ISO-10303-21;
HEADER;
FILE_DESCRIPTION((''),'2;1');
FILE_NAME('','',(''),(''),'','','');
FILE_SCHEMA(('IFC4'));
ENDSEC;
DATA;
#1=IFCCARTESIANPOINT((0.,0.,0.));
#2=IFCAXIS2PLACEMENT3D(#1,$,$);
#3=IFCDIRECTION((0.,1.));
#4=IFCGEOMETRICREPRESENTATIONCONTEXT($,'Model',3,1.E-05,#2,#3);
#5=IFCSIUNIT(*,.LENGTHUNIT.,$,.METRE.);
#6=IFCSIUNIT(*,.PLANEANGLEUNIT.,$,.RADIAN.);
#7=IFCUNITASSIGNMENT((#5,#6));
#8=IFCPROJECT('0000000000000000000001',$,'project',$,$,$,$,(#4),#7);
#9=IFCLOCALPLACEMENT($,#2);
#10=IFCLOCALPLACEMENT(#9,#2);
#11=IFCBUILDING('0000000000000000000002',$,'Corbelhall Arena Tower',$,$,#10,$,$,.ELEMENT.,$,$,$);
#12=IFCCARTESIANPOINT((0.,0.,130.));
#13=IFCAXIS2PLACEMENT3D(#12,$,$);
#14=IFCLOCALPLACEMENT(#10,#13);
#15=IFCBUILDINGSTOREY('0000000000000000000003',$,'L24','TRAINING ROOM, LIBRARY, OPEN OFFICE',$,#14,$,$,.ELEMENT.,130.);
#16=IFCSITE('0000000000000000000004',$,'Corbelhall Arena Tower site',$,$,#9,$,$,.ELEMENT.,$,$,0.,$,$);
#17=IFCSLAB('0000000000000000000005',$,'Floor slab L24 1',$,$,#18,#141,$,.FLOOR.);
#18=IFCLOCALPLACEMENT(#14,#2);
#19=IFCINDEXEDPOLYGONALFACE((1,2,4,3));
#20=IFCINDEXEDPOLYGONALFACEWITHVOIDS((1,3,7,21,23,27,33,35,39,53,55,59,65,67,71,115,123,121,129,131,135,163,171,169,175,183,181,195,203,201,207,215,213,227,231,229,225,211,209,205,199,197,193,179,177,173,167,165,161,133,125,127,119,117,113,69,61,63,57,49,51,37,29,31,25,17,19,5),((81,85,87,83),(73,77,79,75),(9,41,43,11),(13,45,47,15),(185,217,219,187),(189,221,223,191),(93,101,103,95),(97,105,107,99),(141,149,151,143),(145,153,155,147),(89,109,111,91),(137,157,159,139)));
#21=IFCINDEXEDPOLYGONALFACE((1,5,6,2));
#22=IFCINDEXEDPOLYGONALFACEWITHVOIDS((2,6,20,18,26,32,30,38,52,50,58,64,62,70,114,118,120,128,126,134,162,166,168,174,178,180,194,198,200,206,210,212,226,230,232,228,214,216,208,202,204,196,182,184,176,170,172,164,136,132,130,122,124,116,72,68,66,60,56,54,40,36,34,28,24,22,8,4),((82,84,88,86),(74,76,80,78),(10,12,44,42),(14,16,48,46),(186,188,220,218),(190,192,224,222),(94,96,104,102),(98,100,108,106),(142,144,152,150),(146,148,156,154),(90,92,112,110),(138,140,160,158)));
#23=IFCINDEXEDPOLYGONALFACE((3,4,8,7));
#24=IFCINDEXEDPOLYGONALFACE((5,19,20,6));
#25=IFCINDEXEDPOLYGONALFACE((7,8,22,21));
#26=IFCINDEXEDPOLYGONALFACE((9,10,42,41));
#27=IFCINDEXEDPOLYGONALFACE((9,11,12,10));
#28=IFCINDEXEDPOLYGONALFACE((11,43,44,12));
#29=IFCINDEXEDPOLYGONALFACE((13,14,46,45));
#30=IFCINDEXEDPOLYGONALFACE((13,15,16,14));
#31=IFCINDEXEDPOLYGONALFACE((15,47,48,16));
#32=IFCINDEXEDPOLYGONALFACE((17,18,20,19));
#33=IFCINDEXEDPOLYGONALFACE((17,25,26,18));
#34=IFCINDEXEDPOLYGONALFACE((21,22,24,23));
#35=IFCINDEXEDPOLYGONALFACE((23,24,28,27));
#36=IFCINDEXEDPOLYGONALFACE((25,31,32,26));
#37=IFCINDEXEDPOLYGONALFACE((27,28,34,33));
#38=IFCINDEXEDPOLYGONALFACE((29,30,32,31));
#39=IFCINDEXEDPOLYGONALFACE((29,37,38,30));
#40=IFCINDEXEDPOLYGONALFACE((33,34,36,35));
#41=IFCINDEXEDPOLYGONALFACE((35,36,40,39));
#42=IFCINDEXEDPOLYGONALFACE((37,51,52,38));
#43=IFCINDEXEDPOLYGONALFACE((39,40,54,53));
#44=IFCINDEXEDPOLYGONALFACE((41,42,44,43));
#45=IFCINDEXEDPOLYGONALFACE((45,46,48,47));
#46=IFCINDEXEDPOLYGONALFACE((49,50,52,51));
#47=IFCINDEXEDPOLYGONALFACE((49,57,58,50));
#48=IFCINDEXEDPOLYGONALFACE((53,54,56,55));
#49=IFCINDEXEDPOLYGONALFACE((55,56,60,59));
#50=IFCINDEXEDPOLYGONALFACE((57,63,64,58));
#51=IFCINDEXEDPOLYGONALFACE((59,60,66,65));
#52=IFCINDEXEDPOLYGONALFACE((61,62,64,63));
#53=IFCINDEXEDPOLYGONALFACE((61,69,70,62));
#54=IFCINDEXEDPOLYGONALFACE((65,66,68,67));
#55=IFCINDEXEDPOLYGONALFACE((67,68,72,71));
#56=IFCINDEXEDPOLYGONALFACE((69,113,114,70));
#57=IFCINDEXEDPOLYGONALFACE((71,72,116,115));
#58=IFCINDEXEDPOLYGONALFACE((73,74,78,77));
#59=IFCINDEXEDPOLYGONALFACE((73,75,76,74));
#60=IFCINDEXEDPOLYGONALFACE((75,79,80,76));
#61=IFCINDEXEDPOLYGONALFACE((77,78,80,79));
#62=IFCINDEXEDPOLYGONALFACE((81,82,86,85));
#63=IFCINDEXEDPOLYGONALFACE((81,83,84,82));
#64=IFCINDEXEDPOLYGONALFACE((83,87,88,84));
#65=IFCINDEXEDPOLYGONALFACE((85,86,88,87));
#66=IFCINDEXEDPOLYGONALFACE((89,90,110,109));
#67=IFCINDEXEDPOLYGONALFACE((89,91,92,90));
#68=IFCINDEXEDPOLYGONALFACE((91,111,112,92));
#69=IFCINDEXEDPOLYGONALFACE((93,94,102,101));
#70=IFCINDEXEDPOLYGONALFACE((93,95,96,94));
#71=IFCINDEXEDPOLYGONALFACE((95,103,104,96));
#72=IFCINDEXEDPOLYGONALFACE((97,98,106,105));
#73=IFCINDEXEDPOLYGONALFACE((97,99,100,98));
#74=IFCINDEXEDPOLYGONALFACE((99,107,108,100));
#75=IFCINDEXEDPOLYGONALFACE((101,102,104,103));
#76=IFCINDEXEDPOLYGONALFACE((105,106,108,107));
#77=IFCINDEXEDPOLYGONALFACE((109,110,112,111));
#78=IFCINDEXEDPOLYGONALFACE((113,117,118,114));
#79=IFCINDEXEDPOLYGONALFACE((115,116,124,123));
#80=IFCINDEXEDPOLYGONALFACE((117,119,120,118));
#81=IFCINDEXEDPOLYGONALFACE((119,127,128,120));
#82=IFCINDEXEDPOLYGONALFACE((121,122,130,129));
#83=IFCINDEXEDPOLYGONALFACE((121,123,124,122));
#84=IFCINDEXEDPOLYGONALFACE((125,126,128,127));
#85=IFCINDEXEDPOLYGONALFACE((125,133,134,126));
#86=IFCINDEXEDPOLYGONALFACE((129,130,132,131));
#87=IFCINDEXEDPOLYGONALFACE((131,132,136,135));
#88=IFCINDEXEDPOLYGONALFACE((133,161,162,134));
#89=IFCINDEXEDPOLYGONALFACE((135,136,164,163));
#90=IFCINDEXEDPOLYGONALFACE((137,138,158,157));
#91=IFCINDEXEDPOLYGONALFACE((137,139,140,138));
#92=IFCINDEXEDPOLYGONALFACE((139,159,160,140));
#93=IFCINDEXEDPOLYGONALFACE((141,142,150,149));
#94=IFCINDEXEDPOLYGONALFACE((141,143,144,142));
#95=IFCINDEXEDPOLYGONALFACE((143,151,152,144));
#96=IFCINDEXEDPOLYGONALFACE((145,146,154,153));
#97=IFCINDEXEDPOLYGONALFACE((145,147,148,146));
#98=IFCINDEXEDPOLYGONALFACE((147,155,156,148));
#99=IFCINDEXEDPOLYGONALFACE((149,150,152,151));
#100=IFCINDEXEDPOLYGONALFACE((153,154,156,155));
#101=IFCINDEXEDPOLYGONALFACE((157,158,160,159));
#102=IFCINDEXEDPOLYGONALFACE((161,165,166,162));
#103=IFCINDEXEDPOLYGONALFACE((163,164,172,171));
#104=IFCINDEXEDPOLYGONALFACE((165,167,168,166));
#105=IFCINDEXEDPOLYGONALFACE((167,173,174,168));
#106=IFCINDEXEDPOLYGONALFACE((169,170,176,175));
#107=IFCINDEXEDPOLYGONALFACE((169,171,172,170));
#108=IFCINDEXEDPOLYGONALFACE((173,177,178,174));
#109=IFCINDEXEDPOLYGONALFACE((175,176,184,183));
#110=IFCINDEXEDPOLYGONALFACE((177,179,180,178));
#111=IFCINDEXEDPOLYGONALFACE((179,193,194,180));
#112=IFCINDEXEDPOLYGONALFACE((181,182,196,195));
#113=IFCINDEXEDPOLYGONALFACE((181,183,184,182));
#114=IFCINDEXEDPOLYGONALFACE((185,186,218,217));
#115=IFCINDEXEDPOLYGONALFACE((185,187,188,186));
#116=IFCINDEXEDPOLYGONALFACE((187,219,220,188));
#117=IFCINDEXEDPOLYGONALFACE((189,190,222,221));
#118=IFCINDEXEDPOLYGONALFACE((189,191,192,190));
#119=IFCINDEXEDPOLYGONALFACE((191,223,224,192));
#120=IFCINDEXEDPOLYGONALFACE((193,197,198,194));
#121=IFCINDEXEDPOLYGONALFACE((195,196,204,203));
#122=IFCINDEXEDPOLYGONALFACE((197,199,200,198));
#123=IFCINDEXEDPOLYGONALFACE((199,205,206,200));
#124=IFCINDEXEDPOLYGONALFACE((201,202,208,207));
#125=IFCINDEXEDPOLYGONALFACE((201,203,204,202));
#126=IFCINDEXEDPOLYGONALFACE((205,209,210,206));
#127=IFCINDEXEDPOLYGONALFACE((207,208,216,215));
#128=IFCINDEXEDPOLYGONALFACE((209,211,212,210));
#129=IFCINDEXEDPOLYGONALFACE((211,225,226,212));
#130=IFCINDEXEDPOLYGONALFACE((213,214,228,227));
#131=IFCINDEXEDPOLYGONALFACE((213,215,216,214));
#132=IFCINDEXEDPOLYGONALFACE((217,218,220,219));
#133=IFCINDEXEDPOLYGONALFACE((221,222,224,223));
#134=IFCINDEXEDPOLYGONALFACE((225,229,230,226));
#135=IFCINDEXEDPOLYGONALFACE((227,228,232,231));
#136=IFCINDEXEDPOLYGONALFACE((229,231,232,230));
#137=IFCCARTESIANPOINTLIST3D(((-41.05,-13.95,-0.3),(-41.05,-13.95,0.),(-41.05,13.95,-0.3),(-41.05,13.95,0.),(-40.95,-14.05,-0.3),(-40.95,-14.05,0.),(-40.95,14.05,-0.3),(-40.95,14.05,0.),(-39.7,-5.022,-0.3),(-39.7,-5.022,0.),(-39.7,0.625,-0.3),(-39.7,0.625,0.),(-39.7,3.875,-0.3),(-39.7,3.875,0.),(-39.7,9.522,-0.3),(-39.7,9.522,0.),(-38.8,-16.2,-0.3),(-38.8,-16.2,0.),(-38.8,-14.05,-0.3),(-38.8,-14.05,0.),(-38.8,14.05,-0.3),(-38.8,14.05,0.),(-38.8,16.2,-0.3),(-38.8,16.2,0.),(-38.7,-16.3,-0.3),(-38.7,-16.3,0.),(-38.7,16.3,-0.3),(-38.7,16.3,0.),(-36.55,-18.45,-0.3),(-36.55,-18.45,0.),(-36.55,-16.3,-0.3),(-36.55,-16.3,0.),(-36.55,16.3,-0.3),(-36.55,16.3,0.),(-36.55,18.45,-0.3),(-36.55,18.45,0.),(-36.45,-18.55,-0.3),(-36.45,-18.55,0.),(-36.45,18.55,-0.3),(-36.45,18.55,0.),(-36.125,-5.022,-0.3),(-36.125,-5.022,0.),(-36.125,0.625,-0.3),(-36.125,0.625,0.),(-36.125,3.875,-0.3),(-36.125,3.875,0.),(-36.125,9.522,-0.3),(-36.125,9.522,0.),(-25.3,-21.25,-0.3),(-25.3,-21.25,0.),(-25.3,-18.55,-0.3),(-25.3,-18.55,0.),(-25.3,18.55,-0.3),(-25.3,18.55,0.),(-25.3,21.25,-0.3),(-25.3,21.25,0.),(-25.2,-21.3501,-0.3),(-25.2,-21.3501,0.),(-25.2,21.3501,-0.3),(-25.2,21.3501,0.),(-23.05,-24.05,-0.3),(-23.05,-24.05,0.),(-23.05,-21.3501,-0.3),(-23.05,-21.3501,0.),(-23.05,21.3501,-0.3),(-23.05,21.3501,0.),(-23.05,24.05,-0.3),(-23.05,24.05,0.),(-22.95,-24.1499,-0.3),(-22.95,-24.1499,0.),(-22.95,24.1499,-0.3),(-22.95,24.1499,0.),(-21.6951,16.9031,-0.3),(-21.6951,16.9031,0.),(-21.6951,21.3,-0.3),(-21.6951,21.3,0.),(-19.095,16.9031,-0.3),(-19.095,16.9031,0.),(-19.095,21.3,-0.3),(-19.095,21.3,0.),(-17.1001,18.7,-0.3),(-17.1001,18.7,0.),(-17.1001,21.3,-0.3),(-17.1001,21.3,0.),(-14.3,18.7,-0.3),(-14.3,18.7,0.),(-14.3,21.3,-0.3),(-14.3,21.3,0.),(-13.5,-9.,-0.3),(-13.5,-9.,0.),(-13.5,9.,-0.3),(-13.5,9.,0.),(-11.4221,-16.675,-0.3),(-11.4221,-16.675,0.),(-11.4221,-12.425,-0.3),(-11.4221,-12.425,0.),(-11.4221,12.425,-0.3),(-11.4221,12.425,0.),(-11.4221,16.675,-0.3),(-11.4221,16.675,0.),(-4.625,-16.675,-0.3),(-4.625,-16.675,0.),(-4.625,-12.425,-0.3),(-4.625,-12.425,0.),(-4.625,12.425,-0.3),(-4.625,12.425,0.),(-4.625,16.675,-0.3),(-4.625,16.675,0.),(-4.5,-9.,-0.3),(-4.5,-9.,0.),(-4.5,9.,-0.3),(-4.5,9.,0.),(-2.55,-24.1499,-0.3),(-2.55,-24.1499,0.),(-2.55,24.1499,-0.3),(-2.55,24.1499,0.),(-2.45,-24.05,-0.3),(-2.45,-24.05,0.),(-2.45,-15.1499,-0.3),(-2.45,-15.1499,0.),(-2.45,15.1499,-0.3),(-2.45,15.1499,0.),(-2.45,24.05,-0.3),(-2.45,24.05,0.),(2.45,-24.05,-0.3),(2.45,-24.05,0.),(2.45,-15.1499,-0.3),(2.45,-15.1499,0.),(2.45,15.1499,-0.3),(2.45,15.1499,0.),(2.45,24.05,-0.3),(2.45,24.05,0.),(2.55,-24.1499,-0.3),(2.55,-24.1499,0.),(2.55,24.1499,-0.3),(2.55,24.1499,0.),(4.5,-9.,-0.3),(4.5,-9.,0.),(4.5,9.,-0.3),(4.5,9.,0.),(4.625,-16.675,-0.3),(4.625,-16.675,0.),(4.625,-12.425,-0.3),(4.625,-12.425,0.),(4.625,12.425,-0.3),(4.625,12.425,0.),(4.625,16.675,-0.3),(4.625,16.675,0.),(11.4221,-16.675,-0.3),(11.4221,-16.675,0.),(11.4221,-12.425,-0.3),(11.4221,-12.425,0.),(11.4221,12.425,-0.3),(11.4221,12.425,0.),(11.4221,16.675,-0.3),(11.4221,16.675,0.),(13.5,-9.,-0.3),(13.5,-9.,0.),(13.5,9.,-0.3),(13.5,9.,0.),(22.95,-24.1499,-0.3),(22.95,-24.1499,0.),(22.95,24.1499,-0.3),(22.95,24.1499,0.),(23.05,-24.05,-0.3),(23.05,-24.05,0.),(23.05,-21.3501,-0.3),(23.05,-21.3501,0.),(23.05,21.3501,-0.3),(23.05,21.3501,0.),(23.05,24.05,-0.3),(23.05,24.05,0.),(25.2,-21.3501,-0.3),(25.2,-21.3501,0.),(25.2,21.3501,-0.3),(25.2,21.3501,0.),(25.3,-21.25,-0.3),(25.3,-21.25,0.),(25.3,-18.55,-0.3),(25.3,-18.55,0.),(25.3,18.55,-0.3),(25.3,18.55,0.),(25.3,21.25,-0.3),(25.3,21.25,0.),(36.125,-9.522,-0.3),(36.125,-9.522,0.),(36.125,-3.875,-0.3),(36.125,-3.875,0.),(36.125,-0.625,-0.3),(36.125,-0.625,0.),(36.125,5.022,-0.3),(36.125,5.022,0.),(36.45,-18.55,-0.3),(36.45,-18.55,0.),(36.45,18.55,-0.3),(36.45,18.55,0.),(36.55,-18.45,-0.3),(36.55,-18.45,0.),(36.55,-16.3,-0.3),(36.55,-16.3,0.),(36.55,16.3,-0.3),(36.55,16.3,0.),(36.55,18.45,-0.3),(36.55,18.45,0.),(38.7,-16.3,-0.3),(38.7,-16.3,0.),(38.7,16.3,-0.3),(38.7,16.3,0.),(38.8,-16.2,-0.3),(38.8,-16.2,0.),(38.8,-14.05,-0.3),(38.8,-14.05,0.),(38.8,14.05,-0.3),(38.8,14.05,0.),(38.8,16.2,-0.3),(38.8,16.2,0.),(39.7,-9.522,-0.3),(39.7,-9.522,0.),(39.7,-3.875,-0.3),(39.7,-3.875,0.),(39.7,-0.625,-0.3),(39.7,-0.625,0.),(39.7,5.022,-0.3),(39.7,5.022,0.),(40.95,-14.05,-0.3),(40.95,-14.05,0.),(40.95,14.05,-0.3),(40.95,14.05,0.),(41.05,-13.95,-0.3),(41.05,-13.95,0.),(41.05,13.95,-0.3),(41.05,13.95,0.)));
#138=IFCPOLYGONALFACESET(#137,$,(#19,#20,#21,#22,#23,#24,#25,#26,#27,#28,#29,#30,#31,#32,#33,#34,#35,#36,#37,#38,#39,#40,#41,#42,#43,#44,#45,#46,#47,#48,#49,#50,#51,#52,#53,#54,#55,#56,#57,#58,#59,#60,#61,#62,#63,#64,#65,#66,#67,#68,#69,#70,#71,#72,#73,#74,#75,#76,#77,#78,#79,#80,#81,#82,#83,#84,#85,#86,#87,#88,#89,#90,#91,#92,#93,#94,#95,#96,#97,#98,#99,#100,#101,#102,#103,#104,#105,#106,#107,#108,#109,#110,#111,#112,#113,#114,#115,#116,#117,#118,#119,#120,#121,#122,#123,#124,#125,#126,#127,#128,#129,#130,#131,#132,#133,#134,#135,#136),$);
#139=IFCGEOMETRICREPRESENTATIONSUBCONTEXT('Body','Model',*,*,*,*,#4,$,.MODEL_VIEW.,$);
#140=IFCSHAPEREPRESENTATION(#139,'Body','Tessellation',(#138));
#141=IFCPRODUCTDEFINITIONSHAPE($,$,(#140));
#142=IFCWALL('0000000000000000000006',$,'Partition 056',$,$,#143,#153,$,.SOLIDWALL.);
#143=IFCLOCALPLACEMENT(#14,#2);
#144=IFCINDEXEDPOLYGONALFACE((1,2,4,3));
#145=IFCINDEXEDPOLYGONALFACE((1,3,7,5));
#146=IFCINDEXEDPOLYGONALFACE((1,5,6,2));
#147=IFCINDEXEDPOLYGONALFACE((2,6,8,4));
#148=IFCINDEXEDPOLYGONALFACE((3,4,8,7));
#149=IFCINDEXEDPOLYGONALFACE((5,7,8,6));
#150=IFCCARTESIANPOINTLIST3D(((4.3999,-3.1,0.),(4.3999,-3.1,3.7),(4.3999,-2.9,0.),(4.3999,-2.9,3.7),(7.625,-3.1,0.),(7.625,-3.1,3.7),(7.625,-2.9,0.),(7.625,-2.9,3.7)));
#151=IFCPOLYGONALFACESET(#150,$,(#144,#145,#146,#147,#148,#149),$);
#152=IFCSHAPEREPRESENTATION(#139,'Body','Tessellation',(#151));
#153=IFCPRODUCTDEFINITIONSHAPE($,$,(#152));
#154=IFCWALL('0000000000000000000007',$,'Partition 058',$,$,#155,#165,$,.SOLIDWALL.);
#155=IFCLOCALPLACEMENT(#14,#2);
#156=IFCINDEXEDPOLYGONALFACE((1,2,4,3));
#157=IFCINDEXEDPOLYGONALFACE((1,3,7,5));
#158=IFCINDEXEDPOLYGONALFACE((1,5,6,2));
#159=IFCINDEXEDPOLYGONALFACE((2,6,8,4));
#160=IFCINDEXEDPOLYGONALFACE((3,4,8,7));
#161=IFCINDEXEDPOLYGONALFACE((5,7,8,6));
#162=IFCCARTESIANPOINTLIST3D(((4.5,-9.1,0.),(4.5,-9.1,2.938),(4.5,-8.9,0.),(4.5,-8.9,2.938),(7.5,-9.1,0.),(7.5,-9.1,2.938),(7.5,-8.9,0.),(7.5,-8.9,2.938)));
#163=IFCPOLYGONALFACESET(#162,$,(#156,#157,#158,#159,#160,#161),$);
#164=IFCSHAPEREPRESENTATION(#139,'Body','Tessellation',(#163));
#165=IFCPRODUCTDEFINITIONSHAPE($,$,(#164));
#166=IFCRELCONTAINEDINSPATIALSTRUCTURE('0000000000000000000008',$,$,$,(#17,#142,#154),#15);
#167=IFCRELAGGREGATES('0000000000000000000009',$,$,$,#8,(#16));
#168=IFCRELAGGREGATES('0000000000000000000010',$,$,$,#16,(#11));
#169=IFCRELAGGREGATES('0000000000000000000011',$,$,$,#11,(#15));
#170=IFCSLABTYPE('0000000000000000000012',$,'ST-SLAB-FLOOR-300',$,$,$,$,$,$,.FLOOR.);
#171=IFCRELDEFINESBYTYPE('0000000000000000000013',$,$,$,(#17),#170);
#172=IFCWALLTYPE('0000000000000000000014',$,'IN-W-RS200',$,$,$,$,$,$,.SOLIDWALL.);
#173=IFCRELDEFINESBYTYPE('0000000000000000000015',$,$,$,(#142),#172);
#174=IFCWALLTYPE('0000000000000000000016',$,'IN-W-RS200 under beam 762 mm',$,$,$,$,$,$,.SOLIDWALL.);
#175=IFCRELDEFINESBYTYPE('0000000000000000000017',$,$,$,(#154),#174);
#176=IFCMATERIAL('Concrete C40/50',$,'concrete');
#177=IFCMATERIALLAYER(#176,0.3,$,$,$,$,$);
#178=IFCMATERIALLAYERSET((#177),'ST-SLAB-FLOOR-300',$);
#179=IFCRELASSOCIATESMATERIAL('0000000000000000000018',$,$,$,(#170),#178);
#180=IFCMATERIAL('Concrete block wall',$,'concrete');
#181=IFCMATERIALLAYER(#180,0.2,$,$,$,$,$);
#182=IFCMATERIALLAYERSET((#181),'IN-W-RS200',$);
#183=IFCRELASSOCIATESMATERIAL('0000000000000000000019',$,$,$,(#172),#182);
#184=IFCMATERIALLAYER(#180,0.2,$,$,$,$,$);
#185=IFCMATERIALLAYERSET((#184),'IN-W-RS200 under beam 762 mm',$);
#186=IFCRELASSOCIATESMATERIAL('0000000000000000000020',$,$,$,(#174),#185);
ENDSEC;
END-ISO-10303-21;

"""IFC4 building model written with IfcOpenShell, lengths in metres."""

from ifc_helpers import new_model, si_unit, direction, frame, frame_2d, origin, place, context, subcontext, project, spatial, polyline, rectangle, outline, extrude, material, layer, layer_set, type_object, element, save


model = new_model("IFC4")

# Units and contexts
model_context = context("Model", 3, precision=1e-05, world=origin(), true_north=direction((0.0, 1.0)))
body_context = subcontext(model_context, "Body", "Model", "MODEL_VIEW")
ifc_project = project(units=[si_unit("LENGTHUNIT", "METRE"), si_unit("PLANEANGLEUNIT", "RADIAN")], contexts=[model_context])

# Site, building, storey
site_placement = place(None, origin())
site = spatial("IfcSite", under=ifc_project, at=site_placement, Name="Corbelhall Arena Tower site", CompositionType="ELEMENT", RefElevation=0.0)
building_placement = place(site_placement, origin())
building = spatial("IfcBuilding", under=site, at=building_placement, Name="Corbelhall Arena Tower", CompositionType="ELEMENT")
storey_placement = place(building_placement, frame((0.0, 0.0, 130.0)))
storey = spatial("IfcBuildingStorey", under=building, at=storey_placement, Name="L24", Description="TRAINING ROOM, LIBRARY, OPEN OFFICE", CompositionType="ELEMENT", Elevation=130.0)

# Shared definitions
ifc_material_1 = material(Name="Concrete C40/50", Category="concrete")

# Slab
ifc_layer_1 = layer(ifc_material_1, 0.3)
ifc_layer_set_1 = layer_set([ifc_layer_1], Name="ST-SLAB-FLOOR-300")
slab_type_1 = type_object("IfcSlabType", Name="ST-SLAB-FLOOR-300", PredefinedType="FLOOR", material=ifc_layer_set_1)
slab_1_placement = place(storey_placement, frame((0.0, 0.0, -0.3)))
element("IfcSlab", 1, at=slab_1_placement, inside=storey, type_object=slab_type_1, Name="Floor slab L24 1", PredefinedType="FLOOR", context=body_context, shape_type="SweptSolid", body=[
    extrude(outline(polyline([(25.3, 18.55), (25.3, 21.25), (25.2, 21.3501), (23.05, 21.3501), (23.05, 24.05), (22.95, 24.1499), (2.55, 24.1499), (2.45, 24.05), (2.45, 15.1499), (-2.45, 15.1499), (-2.45, 24.05), (-2.55, 24.1499), (-22.95, 24.1499), (-23.05, 24.05), (-23.05, 21.3501), (-25.2, 21.3501), (-25.3, 21.25), (-25.3, 18.55), (-36.45, 18.55), (-36.55, 18.45), (-36.55, 16.3), (-38.7, 16.3), (-38.8, 16.2), (-38.8, 14.05), (-40.95, 14.05), (-41.05, 13.95), (-41.05, -13.95), (-40.95, -14.05), (-38.8, -14.05), (-38.8, -16.2), (-38.7, -16.3), (-36.55, -16.3), (-36.55, -18.45), (-36.45, -18.55), (-25.3, -18.55), (-25.3, -21.25), (-25.2, -21.3501), (-23.05, -21.3501), (-23.05, -24.05), (-22.95, -24.1499), (-2.55, -24.1499), (-2.45, -24.05), (-2.45, -15.1499), (2.45, -15.1499), (2.45, -24.05), (2.55, -24.1499), (22.95, -24.1499), (23.05, -24.05), (23.05, -21.3501), (25.2, -21.3501), (25.3, -21.25), (25.3, -18.55), (36.45, -18.55), (36.55, -18.45), (36.55, -16.3), (38.7, -16.3), (38.8, -16.2), (38.8, -14.05), (40.95, -14.05), (41.05, -13.95), (41.05, 13.95), (40.95, 14.05), (38.8, 14.05), (38.8, 16.2), (38.7, 16.3), (36.55, 16.3), (36.55, 18.45), (36.45, 18.55), (25.3, 18.55)]), holes=[polyline([(-13.5, 9.0), (-13.5, -9.0), (-4.5, -9.0), (-4.5, 9.0), (-13.5, 9.0)]), polyline([(4.5, 9.0), (4.5, -9.0), (13.5, -9.0), (13.5, 9.0), (4.5, 9.0)]), polyline([(-4.625, 16.675), (-11.4221, 16.675), (-11.4221, 12.425), (-4.625, 12.425), (-4.625, 16.675)]), polyline([(-4.625, -16.675), (-4.625, -12.425), (-11.4221, -12.425), (-11.4221, -16.675), (-4.625, -16.675)]), polyline([(11.4221, 16.675), (4.625, 16.675), (4.625, 12.425), (11.4221, 12.425), (11.4221, 16.675)]), polyline([(11.4221, -16.675), (11.4221, -12.425), (4.625, -12.425), (4.625, -16.675), (11.4221, -16.675)]), polyline([(-36.125, 3.875), (-36.125, 9.522), (-39.7, 9.522), (-39.7, 3.875), (-36.125, 3.875)]), polyline([(-36.125, 0.625), (-39.7, 0.625), (-39.7, -5.022), (-36.125, -5.022), (-36.125, 0.625)]), polyline([(39.7, -9.522), (39.7, -3.875), (36.125, -3.875), (36.125, -9.522), (39.7, -9.522)]), polyline([(39.7, 5.022), (36.125, 5.022), (36.125, -0.625), (39.7, -0.625), (39.7, 5.022)]), polyline([(-21.6951, 21.3), (-21.6951, 16.9031), (-19.095, 16.9031), (-19.095, 21.3), (-21.6951, 21.3)]), polyline([(-14.3, 21.3), (-17.1001, 21.3), (-17.1001, 18.7), (-14.3, 18.7), (-14.3, 21.3)])]), origin(), (0.0, 0.0, 1.0), 0.3),
])

# Wall
ifc_material_2 = material(Name="Concrete block wall", Category="concrete")
ifc_layer_2 = layer(ifc_material_2, 0.2)
ifc_layer_set_2 = layer_set([ifc_layer_2], Name="IN-W-RS200")
wall_type_1 = type_object("IfcWallType", Name="IN-W-RS200", PredefinedType="SOLIDWALL", material=ifc_layer_set_2)
wall_1_placement = place(storey_placement, frame((4.3999, -3.0, 0.0), z_axis=(0.0, 0.0, 1.0), x_axis=(1.0, 0.0, 0.0)))
element("IfcWall", 2, at=wall_1_placement, inside=storey, type_object=wall_type_1, Name="Partition 056", PredefinedType="SOLIDWALL", context=body_context, shape_type="SweptSolid", body=[
    extrude(rectangle(XDim=3.2251, YDim=0.2, at=frame_2d((1.6125, 0.0))), origin(), (0.0, 0.0, 1.0), 3.7),
])

# Shared definitions
ifc_layer_3 = layer(ifc_material_2, 0.2)
ifc_layer_set_3 = layer_set([ifc_layer_3], Name="IN-W-RS200 under beam 762 mm")
wall_type_2 = type_object("IfcWallType", Name="IN-W-RS200 under beam 762 mm", PredefinedType="SOLIDWALL", material=ifc_layer_set_3)

# Wall
wall_2_placement = place(storey_placement, frame((7.5, -9.0, 0.0), z_axis=(0.0, 0.0, 1.0), x_axis=(-1.0, 0.0, 0.0)))
element("IfcWall", 3, at=wall_2_placement, inside=storey, type_object=wall_type_2, Name="Partition 058", PredefinedType="SOLIDWALL", context=body_context, shape_type="SweptSolid", body=[
    extrude(rectangle(XDim=3.0, YDim=0.2, at=frame_2d((1.5, 0.0))), origin(), (0.0, 0.0, 1.0), 2.938),
])

save(model, "model.ifc")
